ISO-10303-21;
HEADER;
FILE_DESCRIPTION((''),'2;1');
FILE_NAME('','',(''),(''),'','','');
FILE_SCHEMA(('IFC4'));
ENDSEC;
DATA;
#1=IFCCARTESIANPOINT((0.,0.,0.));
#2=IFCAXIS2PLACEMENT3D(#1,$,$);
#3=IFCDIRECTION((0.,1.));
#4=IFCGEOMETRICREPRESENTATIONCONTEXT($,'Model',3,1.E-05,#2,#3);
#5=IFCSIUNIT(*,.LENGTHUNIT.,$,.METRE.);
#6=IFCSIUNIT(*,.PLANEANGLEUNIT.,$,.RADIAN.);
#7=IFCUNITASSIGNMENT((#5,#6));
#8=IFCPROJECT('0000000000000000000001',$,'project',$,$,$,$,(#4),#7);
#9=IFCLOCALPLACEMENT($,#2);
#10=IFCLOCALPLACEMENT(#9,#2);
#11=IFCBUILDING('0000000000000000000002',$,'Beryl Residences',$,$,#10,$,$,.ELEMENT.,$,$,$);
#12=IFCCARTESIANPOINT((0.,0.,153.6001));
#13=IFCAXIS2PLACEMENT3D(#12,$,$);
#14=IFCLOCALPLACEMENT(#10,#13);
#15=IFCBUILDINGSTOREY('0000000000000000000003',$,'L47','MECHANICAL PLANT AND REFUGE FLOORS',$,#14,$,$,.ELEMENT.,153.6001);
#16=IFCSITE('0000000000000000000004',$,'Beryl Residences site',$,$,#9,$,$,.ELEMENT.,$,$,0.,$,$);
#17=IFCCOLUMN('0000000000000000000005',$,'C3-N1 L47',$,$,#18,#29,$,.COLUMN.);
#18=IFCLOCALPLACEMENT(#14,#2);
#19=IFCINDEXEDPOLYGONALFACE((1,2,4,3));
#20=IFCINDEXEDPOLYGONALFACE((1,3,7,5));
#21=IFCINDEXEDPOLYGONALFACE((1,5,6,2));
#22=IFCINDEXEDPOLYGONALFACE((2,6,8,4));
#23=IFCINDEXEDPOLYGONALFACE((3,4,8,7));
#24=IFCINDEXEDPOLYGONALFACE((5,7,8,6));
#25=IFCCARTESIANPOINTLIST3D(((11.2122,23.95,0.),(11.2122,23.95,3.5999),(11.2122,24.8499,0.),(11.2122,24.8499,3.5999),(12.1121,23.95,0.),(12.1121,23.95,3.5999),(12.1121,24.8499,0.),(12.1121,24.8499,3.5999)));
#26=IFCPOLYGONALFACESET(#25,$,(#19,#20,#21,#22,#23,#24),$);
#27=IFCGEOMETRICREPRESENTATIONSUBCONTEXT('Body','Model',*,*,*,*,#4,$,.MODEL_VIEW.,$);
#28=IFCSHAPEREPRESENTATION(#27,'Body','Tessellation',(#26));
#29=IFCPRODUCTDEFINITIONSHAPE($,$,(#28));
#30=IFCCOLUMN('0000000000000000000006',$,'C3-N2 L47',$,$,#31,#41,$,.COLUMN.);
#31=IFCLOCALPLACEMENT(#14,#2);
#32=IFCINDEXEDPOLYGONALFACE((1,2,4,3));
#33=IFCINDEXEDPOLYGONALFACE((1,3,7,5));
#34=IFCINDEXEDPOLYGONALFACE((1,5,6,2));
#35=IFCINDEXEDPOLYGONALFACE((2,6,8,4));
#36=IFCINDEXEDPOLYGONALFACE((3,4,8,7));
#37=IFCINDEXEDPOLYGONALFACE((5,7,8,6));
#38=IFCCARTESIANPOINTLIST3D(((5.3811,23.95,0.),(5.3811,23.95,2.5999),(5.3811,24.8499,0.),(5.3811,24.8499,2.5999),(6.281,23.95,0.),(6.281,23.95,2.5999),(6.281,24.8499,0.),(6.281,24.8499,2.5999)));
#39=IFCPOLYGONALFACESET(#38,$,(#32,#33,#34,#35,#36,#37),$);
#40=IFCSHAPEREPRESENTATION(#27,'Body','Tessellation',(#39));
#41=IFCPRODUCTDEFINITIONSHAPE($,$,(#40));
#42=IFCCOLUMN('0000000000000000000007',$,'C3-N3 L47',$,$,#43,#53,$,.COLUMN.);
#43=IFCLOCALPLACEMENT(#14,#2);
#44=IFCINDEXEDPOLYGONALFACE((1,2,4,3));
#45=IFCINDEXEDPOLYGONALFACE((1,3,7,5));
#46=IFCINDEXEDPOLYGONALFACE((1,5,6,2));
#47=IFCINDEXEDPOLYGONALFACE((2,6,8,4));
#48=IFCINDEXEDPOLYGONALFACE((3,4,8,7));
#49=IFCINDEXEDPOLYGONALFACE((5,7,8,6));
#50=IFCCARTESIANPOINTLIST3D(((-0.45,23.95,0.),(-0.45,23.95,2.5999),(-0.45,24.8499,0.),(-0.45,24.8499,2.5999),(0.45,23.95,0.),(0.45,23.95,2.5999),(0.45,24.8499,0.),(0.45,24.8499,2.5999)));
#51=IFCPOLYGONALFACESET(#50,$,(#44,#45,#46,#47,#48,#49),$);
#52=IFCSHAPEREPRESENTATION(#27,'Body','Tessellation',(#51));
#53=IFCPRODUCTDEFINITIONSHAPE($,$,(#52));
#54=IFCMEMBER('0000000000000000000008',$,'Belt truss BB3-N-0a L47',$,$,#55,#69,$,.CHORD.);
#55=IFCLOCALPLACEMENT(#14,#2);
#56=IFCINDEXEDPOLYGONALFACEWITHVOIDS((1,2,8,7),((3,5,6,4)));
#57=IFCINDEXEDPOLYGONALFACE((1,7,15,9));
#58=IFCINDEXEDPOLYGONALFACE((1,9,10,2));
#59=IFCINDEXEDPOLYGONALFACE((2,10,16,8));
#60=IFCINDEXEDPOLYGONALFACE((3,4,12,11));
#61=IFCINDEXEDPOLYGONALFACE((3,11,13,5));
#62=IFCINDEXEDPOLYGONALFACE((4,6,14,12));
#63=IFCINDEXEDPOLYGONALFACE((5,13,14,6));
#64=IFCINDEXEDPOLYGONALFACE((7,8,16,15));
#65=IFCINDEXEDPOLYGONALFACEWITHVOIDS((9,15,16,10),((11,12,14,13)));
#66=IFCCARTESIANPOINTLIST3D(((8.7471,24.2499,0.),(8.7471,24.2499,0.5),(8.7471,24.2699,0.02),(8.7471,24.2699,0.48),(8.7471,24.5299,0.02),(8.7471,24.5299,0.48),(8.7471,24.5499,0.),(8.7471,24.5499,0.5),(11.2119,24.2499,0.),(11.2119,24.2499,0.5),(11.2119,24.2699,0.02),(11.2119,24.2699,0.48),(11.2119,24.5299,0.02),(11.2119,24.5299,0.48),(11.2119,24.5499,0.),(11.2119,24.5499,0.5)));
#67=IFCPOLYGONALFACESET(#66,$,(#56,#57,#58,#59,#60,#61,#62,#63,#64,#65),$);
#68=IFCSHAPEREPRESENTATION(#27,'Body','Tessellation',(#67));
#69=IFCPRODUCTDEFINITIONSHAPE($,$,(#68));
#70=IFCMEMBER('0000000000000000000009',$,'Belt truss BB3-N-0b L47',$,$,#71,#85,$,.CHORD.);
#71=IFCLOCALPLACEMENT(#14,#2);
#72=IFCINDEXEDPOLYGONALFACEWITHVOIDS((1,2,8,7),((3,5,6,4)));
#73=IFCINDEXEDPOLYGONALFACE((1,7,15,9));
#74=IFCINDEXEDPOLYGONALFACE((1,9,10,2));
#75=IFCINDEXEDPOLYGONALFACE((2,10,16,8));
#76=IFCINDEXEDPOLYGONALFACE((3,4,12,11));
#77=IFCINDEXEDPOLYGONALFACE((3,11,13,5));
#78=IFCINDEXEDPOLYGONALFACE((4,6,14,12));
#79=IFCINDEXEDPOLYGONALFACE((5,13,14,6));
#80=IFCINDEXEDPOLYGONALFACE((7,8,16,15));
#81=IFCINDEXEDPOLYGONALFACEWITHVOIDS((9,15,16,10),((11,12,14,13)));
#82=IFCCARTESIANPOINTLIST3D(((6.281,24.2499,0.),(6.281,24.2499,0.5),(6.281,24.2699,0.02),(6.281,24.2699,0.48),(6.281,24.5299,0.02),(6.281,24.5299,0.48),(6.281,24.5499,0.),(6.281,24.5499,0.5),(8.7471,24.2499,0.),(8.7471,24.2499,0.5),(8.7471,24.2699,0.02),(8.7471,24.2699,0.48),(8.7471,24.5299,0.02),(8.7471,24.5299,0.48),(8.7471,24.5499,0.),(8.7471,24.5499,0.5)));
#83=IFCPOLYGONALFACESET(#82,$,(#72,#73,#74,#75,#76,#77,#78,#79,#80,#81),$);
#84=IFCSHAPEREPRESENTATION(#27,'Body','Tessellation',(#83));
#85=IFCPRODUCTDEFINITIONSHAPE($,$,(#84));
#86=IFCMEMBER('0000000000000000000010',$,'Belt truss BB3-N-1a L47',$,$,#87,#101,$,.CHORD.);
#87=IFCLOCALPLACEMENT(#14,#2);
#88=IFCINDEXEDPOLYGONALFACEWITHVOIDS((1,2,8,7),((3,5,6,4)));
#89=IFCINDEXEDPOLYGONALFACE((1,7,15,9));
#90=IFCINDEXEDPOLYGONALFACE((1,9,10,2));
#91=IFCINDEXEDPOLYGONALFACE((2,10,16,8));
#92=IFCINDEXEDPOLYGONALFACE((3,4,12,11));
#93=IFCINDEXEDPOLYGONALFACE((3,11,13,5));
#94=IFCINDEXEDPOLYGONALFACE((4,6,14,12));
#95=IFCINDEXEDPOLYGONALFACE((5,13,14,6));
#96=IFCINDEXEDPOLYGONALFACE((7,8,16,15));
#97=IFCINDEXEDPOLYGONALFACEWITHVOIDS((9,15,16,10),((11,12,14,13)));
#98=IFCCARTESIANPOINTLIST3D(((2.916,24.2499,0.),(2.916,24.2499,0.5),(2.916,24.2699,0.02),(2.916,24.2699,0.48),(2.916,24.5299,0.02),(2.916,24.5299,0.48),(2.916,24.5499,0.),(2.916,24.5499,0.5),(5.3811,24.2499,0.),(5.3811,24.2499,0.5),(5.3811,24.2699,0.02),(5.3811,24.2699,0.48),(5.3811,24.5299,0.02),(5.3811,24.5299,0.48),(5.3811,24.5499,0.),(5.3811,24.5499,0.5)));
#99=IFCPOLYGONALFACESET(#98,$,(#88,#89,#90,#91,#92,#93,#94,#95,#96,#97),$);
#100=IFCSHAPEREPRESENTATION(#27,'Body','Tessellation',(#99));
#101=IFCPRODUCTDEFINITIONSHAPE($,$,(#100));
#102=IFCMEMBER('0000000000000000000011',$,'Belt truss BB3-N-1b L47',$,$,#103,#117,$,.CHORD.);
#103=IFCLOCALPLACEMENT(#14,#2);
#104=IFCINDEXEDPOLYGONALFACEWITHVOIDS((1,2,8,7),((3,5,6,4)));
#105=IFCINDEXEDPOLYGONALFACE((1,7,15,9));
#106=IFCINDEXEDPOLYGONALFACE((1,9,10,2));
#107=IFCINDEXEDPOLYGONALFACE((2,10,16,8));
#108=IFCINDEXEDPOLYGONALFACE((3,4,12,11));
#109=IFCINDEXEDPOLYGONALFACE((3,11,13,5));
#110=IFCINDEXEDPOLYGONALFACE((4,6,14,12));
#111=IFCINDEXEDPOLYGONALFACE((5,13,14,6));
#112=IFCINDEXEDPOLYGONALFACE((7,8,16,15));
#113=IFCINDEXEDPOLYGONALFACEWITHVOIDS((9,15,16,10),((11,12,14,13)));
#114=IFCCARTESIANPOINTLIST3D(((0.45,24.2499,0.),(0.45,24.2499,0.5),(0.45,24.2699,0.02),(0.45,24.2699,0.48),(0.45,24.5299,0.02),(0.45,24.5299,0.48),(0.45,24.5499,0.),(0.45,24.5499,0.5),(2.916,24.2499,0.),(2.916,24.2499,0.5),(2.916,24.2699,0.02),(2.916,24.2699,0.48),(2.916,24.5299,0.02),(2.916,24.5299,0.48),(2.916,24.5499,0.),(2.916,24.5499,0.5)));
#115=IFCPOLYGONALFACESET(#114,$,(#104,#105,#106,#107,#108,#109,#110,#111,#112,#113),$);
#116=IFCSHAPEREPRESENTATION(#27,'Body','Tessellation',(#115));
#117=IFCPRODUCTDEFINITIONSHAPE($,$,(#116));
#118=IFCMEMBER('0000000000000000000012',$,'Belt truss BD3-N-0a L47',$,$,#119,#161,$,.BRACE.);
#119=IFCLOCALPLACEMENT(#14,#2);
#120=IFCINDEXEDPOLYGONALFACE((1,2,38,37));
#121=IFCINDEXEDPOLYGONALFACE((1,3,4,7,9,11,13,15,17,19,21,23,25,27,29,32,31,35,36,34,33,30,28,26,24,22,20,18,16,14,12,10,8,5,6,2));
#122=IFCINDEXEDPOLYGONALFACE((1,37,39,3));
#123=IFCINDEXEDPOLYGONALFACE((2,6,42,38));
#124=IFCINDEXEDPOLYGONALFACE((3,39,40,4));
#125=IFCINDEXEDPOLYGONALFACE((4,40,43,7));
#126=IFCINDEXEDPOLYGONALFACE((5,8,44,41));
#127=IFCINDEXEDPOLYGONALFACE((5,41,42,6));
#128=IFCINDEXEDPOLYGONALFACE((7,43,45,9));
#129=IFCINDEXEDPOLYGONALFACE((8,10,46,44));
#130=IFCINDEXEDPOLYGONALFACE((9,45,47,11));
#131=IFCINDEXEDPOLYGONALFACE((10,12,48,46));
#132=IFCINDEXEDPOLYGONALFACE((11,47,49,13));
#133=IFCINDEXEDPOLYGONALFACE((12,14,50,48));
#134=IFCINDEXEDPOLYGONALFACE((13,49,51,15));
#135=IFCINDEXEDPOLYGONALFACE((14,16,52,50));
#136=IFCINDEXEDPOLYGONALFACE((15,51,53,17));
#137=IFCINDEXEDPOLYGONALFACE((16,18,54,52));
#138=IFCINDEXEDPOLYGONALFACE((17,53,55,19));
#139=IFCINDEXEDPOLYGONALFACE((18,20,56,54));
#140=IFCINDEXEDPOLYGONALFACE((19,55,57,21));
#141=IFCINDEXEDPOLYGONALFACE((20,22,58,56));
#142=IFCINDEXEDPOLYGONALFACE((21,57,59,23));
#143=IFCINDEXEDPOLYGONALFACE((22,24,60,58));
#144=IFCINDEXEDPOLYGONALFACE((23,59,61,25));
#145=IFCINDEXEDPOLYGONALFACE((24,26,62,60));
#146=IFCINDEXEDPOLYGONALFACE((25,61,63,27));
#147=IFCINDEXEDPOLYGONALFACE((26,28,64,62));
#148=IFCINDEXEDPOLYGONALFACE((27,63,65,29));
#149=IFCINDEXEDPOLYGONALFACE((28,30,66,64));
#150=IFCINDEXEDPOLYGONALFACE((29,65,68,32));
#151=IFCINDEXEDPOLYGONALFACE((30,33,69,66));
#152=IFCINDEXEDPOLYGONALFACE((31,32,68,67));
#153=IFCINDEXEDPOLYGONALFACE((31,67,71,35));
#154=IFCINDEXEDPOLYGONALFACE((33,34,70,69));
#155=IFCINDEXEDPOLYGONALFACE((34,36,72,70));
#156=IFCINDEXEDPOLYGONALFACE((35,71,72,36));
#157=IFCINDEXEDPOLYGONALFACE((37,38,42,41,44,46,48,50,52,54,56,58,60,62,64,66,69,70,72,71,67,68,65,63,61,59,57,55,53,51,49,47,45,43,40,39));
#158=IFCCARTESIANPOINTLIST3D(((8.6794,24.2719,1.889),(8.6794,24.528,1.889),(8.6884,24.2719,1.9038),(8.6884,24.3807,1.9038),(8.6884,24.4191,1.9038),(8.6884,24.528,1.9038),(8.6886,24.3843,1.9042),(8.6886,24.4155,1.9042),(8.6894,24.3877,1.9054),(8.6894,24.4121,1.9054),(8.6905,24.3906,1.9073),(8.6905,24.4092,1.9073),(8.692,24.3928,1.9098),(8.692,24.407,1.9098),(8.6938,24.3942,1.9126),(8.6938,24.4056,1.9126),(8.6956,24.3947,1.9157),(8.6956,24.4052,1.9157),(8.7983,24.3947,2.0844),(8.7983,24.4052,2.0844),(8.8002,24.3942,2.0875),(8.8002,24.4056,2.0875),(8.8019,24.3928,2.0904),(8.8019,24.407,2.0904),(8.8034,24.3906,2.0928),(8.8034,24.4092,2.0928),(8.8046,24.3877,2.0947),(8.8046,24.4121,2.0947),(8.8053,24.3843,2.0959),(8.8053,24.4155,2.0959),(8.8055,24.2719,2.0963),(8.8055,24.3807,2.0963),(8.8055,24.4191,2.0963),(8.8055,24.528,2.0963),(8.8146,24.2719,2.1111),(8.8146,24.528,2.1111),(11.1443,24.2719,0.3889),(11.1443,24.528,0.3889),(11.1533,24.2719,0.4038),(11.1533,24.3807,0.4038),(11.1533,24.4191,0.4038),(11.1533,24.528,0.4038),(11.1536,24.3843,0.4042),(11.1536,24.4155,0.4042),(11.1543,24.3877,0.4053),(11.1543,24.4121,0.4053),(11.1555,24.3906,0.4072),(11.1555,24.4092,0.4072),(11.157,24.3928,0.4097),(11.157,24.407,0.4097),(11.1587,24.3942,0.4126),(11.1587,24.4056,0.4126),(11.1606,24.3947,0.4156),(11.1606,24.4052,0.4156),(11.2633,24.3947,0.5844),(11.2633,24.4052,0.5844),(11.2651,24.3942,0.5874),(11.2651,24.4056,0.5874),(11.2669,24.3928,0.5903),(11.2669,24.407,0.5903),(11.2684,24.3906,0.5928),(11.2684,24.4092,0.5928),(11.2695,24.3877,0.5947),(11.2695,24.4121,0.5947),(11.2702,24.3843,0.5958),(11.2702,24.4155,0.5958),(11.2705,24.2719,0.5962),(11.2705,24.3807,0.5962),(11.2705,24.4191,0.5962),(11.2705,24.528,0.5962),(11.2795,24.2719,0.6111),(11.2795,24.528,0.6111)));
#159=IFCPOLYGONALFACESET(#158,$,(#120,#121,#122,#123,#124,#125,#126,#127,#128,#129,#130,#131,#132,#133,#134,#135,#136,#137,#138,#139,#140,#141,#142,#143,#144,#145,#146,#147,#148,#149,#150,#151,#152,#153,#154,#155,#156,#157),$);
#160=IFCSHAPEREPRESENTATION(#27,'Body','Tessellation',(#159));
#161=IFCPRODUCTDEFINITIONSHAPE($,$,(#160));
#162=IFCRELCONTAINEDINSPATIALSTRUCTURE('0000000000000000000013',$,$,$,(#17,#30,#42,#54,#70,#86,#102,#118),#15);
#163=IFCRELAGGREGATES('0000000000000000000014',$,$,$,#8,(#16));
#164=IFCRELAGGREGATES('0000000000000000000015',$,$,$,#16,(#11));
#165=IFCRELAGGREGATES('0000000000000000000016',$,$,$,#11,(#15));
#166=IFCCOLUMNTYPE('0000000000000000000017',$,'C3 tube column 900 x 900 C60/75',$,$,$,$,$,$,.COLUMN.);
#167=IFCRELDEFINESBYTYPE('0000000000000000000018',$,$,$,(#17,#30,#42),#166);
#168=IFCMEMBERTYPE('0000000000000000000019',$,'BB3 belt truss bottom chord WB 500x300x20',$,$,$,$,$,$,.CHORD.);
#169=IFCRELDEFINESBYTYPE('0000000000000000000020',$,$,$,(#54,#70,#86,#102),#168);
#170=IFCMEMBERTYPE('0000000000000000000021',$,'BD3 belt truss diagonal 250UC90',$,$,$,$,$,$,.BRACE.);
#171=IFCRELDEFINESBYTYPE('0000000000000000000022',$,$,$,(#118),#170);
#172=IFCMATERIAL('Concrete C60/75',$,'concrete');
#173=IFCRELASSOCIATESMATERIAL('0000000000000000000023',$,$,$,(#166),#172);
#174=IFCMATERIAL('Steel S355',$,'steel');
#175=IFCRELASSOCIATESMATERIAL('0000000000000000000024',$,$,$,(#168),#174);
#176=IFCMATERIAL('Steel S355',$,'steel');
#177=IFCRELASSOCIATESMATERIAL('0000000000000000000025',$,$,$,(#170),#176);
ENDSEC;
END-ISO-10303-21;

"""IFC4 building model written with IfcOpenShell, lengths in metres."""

from ifc_helpers import new_model, si_unit, direction, frame, origin, origin_2d, place, context, subcontext, project, spatial, rectangle, hollow_rectangle, i_section, extrude, material, material_profile, profile_set, type_object, element, save


model = new_model("IFC4")

# Units and contexts
model_context = context("Model", 3, precision=1e-05, world=origin(), true_north=direction((0.0, 1.0)))
body_context = subcontext(model_context, "Body", "Model", "MODEL_VIEW")
ifc_project = project(units=[si_unit("LENGTHUNIT", "METRE"), si_unit("PLANEANGLEUNIT", "RADIAN")], contexts=[model_context])

# Site, building, storey
site_placement = place(None, origin())
site = spatial("IfcSite", under=ifc_project, at=site_placement, Name="Beryl Residences site", CompositionType="ELEMENT", RefElevation=0.0)
building_placement = place(site_placement, origin())
building = spatial("IfcBuilding", under=site, at=building_placement, Name="Beryl Residences", CompositionType="ELEMENT")
storey_placement = place(building_placement, frame((0.0, 0.0, 153.6001)))
storey = spatial("IfcBuildingStorey", under=building, at=storey_placement, Name="L47", Description="MECHANICAL PLANT AND REFUGE FLOORS", CompositionType="ELEMENT", Elevation=153.6001)

# Columns
ifc_material_1 = material(Name="Concrete C60/75", Category="concrete")
ifc_material_profile_1 = material_profile(ifc_material_1, rectangle(XDim=0.8999, YDim=0.8999, at=origin_2d()))
ifc_profile_set_1 = profile_set([ifc_material_profile_1], Name="Concrete C60/75")
column_type = type_object("IfcColumnType", Name="C3 tube column 900 x 900 C60/75", PredefinedType="COLUMN", material=ifc_profile_set_1)
column_placement = place(storey_placement, frame((11.6621, 24.3999, 0.0), z_axis=(0.0, 0.0, 1.0), x_axis=(-1.0, 0.0, 0.0)))
element("IfcColumn", 1, at=column_placement, inside=storey, type_object=column_type, Name="C3-N1 L47", PredefinedType="COLUMN", context=body_context, shape_type="SweptSolid", body=[
    extrude(rectangle(XDim=0.8999, YDim=0.8999, at=origin_2d()), origin(), (0.0, 0.0, 1.0), 3.5999),
])
for number, where, z_axis, x_axis, name in (
    (2, (5.8311, 24.3999, 0.0), (0.0, 0.0, 1.0), (-1.0, 0.0, 0.0), "C3-N2 L47"),
    (3, (0.0, 24.3999, 0.0), (0.0, 0.0, 1.0), (-1.0, 0.0, 0.0), "C3-N3 L47"),
):
    element("IfcColumn", number, at=place(storey_placement, frame(where, z_axis=z_axis, x_axis=x_axis)), inside=storey, type_object=column_type, Name=name, PredefinedType="COLUMN", context=body_context, shape_type="SweptSolid", body=[
        extrude(rectangle(XDim=0.8999, YDim=0.8999, at=origin_2d()), origin(), (0.0, 0.0, 1.0), 2.5999),
    ])

# Members
ifc_material_2 = material(Name="Steel S355", Category="steel")
ifc_material_profile_2 = material_profile(ifc_material_2, hollow_rectangle(XDim=0.3, YDim=0.5, WallThickness=0.02, at=origin_2d()))
ifc_profile_set_2 = profile_set([ifc_material_profile_2], Name="Steel S355")
member_type_1 = type_object("IfcMemberType", Name="BB3 belt truss bottom chord WB 500x300x20", PredefinedType="CHORD", material=ifc_profile_set_2)
member_1_placement = place(storey_placement, frame((11.2119, 24.3999, 0.25), z_axis=(-1.0, 0.0, 0.0), x_axis=(0.0, -1.0, 0.0)))
element("IfcMember", 4, at=member_1_placement, inside=storey, type_object=member_type_1, Name="Belt truss BB3-N-0a L47", PredefinedType="CHORD", context=body_context, shape_type="SweptSolid", body=[
    extrude(hollow_rectangle(XDim=0.3, YDim=0.5, WallThickness=0.02, at=origin_2d()), origin(), (0.0, 0.0, 1.0), 2.4648),
])
member_2_placement = place(storey_placement, frame((8.7471, 24.3999, 0.25), z_axis=(-1.0, 0.0, 0.0), x_axis=(0.0, -1.0, 0.0)))
element("IfcMember", 5, at=member_2_placement, inside=storey, type_object=member_type_1, Name="Belt truss BB3-N-0b L47", PredefinedType="CHORD", context=body_context, shape_type="SweptSolid", body=[
    extrude(hollow_rectangle(XDim=0.3, YDim=0.5, WallThickness=0.02, at=origin_2d()), origin(), (0.0, 0.0, 1.0), 2.4661),
])
member_3_placement = place(storey_placement, frame((5.3811, 24.3999, 0.25), z_axis=(-1.0, 0.0, 0.0), x_axis=(0.0, -1.0, 0.0)))
element("IfcMember", 6, at=member_3_placement, inside=storey, type_object=member_type_1, Name="Belt truss BB3-N-1a L47", PredefinedType="CHORD", context=body_context, shape_type="SweptSolid", body=[
    extrude(hollow_rectangle(XDim=0.3, YDim=0.5, WallThickness=0.02, at=origin_2d()), origin(), (0.0, 0.0, 1.0), 2.4651),
])
member_4_placement = place(storey_placement, frame((2.916, 24.3999, 0.25), z_axis=(-1.0, 0.0, 0.0), x_axis=(0.0, -1.0, 0.0)))
element("IfcMember", 7, at=member_4_placement, inside=storey, type_object=member_type_1, Name="Belt truss BB3-N-1b L47", PredefinedType="CHORD", context=body_context, shape_type="SweptSolid", body=[
    extrude(hollow_rectangle(XDim=0.3, YDim=0.5, WallThickness=0.02, at=origin_2d()), origin(), (0.0, 0.0, 1.0), 2.4661),
])
ifc_material_3 = material(Name="Steel S355", Category="steel")
ifc_material_profile_3 = material_profile(ifc_material_3, i_section(OverallWidth=0.2561, OverallDepth=0.26, WebThickness=0.0105, FlangeThickness=0.0173, FilletRadius=0.0139, at=origin_2d()))
ifc_profile_set_3 = profile_set([ifc_material_profile_3], Name="Steel S355")
member_type_2 = type_object("IfcMemberType", Name="BD3 belt truss diagonal 250UC90", PredefinedType="BRACE", material=ifc_profile_set_3)
member_5_placement = place(storey_placement, frame((11.2119, 24.3999, 0.5), z_axis=(-0.854251, 0.0, 0.519861), x_axis=(0.0, -1.0, 0.0)))
element("IfcMember", 8, at=member_5_placement, inside=storey, type_object=member_type_2, Name="Belt truss BD3-N-0a L47", PredefinedType="BRACE", context=body_context, shape_type="SweptSolid", body=[
    extrude(i_section(OverallWidth=0.2561, OverallDepth=0.26, WebThickness=0.0105, FlangeThickness=0.0173, FilletRadius=0.0139, at=origin_2d()), origin(), (0.0, 0.0, 1.0), 2.8855),
])

save(model, "model.ifc")
